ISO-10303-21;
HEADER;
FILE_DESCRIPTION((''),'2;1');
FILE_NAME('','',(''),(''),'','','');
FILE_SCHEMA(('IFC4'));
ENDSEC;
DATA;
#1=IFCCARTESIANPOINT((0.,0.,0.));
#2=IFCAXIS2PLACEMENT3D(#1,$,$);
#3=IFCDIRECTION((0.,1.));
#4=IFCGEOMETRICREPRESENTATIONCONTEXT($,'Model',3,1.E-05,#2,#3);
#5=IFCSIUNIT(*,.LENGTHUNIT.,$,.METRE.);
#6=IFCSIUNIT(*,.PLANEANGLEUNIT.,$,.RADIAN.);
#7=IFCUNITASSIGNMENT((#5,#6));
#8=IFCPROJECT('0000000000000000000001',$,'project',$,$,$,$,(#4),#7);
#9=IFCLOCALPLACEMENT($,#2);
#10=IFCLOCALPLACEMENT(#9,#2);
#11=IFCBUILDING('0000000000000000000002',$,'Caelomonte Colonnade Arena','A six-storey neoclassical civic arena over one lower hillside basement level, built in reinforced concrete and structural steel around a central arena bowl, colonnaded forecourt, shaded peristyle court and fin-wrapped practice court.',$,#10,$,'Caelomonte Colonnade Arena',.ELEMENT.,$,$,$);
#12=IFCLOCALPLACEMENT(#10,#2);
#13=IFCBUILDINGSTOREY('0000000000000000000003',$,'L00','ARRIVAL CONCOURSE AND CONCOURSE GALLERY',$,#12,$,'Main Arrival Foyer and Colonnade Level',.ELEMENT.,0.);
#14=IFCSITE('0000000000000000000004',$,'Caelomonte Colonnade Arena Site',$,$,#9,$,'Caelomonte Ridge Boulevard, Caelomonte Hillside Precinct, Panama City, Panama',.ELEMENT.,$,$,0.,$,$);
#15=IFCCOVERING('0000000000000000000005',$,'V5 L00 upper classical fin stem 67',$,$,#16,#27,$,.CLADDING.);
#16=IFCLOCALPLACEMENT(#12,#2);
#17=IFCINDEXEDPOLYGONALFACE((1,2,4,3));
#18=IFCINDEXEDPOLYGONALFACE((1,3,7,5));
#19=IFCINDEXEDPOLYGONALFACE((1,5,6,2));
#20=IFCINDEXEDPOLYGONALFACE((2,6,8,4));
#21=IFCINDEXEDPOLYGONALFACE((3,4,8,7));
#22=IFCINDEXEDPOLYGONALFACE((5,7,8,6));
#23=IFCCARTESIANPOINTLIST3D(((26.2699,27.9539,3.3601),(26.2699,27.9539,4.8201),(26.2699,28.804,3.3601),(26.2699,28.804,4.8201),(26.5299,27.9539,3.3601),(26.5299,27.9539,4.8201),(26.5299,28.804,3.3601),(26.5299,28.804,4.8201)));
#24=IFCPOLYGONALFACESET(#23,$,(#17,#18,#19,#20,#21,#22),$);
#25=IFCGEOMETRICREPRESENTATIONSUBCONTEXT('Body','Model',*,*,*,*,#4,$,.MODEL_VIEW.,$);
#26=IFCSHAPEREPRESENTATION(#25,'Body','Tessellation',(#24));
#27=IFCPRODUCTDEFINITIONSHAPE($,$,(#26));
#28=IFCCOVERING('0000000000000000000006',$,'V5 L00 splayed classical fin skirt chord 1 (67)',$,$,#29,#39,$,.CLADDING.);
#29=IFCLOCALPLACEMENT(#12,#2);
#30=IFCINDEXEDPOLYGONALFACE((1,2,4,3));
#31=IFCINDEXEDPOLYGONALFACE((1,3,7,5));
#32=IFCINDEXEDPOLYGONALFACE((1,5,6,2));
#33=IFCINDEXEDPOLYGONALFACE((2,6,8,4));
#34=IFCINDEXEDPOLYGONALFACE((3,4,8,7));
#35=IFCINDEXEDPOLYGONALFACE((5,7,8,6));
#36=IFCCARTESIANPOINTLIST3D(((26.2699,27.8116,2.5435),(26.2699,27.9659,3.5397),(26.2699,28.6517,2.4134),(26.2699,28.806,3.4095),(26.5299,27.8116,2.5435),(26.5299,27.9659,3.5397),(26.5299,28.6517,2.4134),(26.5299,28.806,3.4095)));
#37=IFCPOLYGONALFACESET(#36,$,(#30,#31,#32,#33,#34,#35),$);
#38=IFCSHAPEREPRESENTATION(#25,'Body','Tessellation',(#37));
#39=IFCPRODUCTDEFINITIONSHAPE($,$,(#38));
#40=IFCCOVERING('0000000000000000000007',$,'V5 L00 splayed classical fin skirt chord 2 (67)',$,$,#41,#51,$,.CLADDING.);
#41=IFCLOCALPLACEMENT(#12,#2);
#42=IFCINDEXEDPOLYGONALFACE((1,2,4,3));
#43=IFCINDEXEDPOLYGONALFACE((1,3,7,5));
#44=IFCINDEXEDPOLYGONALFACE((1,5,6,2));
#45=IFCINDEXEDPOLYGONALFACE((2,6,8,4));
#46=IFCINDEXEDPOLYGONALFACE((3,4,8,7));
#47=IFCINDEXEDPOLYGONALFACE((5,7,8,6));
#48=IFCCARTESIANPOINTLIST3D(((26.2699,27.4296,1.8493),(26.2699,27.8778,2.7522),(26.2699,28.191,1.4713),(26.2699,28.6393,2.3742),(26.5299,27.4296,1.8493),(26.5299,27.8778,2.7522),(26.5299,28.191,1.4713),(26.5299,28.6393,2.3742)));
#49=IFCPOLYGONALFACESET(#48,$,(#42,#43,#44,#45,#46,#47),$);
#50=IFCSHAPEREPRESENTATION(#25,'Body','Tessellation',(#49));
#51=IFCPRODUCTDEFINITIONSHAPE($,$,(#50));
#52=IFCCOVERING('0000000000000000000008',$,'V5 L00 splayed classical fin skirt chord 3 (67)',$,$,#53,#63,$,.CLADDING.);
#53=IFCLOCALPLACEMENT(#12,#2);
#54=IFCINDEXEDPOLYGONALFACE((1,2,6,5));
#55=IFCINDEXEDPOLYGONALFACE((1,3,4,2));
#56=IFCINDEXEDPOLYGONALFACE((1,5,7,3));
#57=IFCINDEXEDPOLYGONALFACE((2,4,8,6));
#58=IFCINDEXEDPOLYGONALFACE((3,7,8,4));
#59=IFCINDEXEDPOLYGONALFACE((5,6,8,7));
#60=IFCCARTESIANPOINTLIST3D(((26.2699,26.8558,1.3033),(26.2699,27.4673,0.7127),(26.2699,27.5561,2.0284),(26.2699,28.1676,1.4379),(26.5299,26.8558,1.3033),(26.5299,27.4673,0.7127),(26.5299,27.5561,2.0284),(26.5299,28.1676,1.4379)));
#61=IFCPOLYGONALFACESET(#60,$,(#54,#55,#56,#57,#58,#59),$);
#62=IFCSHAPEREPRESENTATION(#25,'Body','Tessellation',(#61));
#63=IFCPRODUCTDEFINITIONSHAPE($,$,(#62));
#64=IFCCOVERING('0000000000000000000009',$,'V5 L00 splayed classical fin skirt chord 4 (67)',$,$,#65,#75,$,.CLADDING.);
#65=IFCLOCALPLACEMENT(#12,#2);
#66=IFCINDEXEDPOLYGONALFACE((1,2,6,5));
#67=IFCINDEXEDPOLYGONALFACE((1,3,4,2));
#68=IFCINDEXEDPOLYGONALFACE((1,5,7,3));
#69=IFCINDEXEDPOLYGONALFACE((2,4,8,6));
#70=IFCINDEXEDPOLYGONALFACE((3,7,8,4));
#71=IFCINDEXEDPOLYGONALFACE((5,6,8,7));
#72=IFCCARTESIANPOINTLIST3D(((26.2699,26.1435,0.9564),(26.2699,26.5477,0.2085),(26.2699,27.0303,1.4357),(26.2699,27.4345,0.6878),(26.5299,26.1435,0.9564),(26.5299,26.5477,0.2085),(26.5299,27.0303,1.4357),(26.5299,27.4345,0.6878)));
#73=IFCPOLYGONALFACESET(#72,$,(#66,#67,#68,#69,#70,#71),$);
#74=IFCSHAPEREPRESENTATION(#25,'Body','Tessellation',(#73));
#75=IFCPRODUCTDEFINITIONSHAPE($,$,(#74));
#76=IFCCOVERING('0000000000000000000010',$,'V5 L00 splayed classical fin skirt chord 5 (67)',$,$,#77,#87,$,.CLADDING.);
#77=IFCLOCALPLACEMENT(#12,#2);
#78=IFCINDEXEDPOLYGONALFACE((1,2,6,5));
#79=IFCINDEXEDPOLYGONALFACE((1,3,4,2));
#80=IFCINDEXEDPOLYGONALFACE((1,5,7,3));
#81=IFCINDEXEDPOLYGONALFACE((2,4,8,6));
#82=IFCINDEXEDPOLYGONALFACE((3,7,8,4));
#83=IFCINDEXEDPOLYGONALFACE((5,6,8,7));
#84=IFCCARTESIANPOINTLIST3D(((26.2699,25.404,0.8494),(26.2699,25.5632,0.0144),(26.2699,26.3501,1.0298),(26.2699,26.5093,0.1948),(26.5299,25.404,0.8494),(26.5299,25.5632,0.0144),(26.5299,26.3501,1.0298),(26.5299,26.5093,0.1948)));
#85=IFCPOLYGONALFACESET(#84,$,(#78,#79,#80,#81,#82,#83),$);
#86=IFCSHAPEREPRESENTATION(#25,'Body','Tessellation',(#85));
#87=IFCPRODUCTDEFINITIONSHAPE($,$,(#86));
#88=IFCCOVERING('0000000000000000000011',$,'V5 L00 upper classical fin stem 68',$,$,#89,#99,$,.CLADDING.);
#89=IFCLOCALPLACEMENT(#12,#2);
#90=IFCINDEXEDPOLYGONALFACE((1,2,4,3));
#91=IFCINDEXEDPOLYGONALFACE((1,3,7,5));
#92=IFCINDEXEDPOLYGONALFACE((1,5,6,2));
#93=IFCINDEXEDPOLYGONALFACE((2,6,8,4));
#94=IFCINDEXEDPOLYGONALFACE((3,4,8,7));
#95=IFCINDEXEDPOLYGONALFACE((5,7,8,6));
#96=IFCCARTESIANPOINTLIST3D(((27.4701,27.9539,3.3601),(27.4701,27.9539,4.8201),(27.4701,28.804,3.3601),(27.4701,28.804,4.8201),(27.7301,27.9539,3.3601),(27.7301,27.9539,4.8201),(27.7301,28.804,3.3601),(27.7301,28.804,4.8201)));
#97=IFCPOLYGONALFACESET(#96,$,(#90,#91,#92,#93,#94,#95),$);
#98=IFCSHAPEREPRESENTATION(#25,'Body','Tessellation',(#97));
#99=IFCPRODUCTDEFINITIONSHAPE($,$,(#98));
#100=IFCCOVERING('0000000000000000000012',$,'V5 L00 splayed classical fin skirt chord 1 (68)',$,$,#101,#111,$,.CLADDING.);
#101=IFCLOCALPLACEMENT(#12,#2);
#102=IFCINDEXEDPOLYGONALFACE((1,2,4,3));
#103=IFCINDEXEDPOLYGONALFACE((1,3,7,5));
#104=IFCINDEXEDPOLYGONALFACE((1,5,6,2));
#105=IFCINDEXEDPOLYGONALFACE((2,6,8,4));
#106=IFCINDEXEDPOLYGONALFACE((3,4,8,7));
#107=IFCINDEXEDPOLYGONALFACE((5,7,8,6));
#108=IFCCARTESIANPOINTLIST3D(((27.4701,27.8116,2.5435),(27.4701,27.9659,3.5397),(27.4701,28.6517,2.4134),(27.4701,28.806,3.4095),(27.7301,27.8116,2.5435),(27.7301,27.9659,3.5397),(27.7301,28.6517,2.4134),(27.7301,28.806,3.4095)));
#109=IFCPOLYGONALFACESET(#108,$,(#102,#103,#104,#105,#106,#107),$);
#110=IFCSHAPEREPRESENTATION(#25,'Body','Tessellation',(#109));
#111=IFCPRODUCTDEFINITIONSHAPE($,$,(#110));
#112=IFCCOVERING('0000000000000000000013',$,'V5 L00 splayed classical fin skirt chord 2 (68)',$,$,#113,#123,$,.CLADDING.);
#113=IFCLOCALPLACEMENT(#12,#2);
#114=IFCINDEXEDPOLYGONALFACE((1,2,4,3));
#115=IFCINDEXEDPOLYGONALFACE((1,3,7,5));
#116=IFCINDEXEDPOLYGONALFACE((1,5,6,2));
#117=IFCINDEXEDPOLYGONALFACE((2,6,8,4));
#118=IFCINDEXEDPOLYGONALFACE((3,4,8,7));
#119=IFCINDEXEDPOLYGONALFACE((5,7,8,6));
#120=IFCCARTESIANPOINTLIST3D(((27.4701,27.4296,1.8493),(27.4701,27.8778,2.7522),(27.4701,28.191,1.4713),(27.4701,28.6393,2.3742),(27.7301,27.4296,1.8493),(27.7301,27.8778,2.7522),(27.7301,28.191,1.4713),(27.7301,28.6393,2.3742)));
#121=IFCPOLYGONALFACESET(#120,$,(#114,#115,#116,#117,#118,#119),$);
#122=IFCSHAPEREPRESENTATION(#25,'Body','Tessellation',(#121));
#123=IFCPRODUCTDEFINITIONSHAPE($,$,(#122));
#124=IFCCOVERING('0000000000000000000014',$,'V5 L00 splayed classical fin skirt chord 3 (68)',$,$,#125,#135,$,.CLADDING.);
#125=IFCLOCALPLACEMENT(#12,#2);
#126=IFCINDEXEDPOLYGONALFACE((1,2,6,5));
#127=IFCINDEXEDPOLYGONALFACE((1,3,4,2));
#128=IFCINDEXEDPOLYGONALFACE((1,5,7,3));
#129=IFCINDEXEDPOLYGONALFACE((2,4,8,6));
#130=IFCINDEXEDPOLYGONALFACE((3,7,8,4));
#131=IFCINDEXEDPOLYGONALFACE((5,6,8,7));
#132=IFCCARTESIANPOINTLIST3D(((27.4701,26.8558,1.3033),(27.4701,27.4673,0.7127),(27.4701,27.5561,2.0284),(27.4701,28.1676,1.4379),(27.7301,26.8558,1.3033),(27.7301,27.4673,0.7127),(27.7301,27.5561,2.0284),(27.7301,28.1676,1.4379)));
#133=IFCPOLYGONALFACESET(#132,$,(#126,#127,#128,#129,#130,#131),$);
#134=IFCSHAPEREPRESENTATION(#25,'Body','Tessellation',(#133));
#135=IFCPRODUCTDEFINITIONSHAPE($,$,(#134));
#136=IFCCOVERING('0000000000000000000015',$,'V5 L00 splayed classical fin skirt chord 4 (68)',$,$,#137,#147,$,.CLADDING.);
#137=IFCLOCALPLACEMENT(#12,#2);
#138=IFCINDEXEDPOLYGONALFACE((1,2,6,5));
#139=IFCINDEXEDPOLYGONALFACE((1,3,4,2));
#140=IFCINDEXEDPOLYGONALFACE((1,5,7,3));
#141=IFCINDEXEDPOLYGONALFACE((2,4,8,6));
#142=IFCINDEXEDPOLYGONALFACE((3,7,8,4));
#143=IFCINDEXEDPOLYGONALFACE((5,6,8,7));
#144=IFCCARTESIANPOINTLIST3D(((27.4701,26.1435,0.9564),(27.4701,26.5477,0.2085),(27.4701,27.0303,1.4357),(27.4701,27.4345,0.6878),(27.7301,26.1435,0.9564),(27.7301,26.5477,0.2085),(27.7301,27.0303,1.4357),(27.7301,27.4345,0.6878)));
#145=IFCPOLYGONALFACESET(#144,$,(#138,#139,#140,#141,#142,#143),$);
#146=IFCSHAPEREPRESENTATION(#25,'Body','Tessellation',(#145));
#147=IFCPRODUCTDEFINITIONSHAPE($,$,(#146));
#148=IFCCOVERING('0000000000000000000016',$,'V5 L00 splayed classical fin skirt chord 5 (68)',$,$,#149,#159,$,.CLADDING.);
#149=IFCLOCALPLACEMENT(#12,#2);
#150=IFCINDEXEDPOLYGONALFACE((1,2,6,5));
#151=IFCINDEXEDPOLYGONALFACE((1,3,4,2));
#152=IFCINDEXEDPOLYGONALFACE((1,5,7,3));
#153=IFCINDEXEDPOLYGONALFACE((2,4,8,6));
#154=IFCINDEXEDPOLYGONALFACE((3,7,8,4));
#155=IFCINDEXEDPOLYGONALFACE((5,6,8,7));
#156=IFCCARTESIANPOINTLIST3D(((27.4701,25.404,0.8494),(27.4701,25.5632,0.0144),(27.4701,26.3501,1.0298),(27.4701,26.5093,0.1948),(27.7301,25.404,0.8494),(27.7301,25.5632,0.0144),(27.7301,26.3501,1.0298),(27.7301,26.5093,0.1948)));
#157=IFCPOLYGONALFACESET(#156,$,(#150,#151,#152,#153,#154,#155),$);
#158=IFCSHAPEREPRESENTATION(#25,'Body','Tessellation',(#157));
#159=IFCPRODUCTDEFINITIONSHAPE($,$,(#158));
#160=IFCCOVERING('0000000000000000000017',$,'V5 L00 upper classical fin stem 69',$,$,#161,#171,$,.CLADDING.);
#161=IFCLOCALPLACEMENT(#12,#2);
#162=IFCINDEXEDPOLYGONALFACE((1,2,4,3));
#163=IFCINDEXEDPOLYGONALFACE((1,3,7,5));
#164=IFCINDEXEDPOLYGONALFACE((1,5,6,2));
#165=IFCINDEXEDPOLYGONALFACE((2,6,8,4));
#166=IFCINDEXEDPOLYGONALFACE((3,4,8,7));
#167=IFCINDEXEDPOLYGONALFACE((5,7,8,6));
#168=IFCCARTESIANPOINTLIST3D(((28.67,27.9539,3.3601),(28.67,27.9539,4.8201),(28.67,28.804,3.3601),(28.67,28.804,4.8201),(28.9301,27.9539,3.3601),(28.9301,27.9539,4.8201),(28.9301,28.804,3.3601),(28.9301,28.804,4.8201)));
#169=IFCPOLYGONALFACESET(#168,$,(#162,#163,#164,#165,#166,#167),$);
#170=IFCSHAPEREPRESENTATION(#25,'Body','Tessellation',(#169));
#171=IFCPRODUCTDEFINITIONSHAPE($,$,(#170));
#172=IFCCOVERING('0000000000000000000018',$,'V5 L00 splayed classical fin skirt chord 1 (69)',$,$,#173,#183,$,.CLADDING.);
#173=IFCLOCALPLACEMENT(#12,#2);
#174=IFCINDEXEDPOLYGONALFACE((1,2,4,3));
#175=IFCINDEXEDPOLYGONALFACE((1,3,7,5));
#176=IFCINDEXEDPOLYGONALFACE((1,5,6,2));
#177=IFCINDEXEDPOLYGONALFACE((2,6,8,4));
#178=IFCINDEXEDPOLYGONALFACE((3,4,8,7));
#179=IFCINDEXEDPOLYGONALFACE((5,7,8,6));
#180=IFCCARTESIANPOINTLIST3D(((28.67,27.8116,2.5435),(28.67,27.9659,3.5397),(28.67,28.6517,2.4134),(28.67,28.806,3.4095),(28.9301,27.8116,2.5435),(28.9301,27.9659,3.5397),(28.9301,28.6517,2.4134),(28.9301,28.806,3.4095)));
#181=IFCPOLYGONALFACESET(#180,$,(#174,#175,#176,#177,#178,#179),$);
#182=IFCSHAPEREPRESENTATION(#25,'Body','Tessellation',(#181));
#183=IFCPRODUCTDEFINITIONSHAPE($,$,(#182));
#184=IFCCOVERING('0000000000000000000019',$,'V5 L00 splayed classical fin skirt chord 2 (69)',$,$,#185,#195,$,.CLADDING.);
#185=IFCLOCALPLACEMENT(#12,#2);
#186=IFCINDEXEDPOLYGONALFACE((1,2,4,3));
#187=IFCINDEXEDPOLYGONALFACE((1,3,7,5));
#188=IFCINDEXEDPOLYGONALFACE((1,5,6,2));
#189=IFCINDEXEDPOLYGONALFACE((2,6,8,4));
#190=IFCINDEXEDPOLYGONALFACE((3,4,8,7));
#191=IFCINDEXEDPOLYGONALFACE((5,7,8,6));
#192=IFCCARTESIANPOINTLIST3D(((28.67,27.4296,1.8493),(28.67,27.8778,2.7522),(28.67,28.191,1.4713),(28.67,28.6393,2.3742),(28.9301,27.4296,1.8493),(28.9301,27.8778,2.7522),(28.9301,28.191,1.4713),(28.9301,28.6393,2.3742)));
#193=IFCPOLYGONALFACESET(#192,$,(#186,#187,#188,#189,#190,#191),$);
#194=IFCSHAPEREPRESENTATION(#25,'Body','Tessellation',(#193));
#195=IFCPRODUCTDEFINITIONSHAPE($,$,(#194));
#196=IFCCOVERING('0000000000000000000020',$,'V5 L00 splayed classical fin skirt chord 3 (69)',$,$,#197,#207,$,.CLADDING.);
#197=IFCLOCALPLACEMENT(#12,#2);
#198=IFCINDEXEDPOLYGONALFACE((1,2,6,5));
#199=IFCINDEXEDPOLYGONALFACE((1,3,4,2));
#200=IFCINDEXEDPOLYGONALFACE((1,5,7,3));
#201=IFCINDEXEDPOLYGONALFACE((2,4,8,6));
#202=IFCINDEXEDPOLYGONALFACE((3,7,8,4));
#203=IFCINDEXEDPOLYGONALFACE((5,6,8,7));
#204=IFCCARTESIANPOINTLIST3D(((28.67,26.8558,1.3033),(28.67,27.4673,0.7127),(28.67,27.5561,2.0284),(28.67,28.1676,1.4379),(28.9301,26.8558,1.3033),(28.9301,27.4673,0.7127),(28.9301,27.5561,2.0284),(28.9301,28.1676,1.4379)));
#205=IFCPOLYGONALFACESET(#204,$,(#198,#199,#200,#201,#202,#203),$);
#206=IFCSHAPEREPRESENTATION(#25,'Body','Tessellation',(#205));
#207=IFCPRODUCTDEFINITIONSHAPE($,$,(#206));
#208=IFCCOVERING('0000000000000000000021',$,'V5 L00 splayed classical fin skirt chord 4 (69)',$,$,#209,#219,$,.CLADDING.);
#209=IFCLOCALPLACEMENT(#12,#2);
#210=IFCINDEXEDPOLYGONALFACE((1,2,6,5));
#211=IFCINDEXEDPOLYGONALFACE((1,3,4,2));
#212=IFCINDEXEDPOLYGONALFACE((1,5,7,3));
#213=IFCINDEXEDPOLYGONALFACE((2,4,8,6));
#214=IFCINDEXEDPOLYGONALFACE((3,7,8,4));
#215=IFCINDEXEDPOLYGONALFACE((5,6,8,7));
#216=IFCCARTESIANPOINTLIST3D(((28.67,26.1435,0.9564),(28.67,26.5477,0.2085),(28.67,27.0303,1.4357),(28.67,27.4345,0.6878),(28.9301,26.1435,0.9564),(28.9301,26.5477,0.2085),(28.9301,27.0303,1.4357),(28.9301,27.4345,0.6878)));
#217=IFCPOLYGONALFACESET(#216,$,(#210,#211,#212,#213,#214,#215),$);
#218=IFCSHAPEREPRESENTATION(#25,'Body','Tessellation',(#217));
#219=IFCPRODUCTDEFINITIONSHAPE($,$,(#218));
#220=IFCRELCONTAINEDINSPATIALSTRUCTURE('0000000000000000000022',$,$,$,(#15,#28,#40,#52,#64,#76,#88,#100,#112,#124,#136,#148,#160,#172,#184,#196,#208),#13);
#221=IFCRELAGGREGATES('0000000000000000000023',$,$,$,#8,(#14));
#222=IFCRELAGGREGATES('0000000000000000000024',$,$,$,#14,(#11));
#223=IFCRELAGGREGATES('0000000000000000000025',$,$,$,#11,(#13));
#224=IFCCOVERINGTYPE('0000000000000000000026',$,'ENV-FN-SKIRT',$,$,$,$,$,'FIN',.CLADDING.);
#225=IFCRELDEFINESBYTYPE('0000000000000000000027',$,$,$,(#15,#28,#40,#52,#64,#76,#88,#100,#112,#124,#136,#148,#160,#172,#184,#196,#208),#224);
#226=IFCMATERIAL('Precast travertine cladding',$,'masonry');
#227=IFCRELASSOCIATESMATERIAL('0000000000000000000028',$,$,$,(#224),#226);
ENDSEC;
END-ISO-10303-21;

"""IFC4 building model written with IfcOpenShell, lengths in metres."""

from ifc_helpers import new_model, si_unit, direction, frame, origin, origin_2d, place, context, subcontext, project, spatial, rectangle, extrude, material, material_profile, profile_set, type_object, element, save


model = new_model("IFC4")

# Units and contexts
model_context = context("Model", 3, precision=1e-05, world=origin(), true_north=direction((0.0, 1.0)))
body_context = subcontext(model_context, "Body", "Model", "MODEL_VIEW")
ifc_project = project(units=[si_unit("LENGTHUNIT", "METRE"), si_unit("PLANEANGLEUNIT", "RADIAN")], contexts=[model_context])

# Site, building, storey
site_placement = place(None, origin())
site = spatial("IfcSite", under=ifc_project, at=site_placement, Name="Caelomonte Colonnade Arena Site", LongName="Caelomonte Ridge Boulevard, Caelomonte Hillside Precinct, Panama City, Panama", CompositionType="ELEMENT", RefElevation=0.0)
building_placement = place(site_placement, origin())
building = spatial("IfcBuilding", under=site, at=building_placement, Name="Caelomonte Colonnade Arena", Description="A six-storey neoclassical civic arena over one lower hillside basement level, built in reinforced concrete and structural steel around a central arena bowl, colonnaded forecourt, shaded peristyle court and fin-wrapped practice court.", LongName="Caelomonte Colonnade Arena", CompositionType="ELEMENT")
storey_placement = place(building_placement, origin())
storey = spatial("IfcBuildingStorey", under=building, at=storey_placement, Name="L00", Description="ARRIVAL CONCOURSE AND CONCOURSE GALLERY", LongName="Main Arrival Foyer and Colonnade Level", CompositionType="ELEMENT", Elevation=0.0)

# Coverings
ifc_material_1 = material(Name="Precast travertine cladding", Category="masonry")
ifc_material_profile = material_profile(ifc_material_1, rectangle(XDim=0.26, YDim=0.8501, at=origin_2d()), Name="FIN260X850")
ifc_profile_set = profile_set([ifc_material_profile], Name="Precast travertine cladding")
covering_type = type_object("IfcCoveringType", Name="ENV-FN-SKIRT", ElementType="FIN", PredefinedType="CLADDING", material=ifc_profile_set)
covering_1_placement = place(storey_placement, frame((26.3999, 28.3789, 3.3601), z_axis=(0.0, 0.0, 1.0), x_axis=(-1.0, 0.0, 0.0)))
element("IfcCovering", 1, at=covering_1_placement, inside=storey, type_object=covering_type, Name="V5 L00 upper classical fin stem 67", PredefinedType="CLADDING", context=body_context, shape_type="SweptSolid", body=[
    extrude(rectangle(XDim=0.26, YDim=0.8501, at=origin_2d()), origin(), (0.0, 0.0, 1.0), 1.46),
])
for number, where, z_axis, x_axis, name in (
    (2, (26.3999, 28.386, 3.4746), (0.0, -0.153076, -0.988214), (-1.0, 0.0, 0.0), "V5 L00 splayed classical fin skirt chord 1 (67)"),
    (3, (26.3999, 28.2585, 2.5632), (0.0, -0.444693, -0.895683), (-1.0, 0.0, 0.0), "V5 L00 splayed classical fin skirt chord 2 (67)"),
    (4, (26.3999, 27.8618, 1.7332), (0.0, -0.694646, -0.719351), (-1.0, 0.0, 0.0), "V5 L00 splayed classical fin skirt chord 3 (67)"),
    (5, (26.3999, 27.2324, 1.0618), (0.0, -0.879731, -0.475471), (-1.0, 0.0, 0.0), "V5 L00 splayed classical fin skirt chord 4 (67)"),
):
    element("IfcCovering", number, at=place(storey_placement, frame(where, z_axis=z_axis, x_axis=x_axis)), inside=storey, type_object=covering_type, Name=name, PredefinedType="CLADDING", context=body_context, shape_type="SweptSolid", body=[
        extrude(rectangle(XDim=0.26, YDim=0.8501, at=origin_2d()), origin(), (0.0, 0.0, 1.0), 1.0081),
    ])
covering_2_placement = place(storey_placement, frame((26.3999, 26.4297, 0.6123), z_axis=(0.0, -0.982296, -0.187333), x_axis=(-1.0, 0.0, 0.0)))
element("IfcCovering", 6, at=covering_2_placement, inside=storey, type_object=covering_type, Name="V5 L00 splayed classical fin skirt chord 5 (67)", PredefinedType="CLADDING", context=body_context, shape_type="SweptSolid", body=[
    extrude(rectangle(XDim=0.26, YDim=0.8501, at=origin_2d()), origin(), (0.0, 0.0, 1.0), 0.9631),
])
covering_3_placement = place(storey_placement, frame((27.6001, 28.3789, 3.3601), z_axis=(0.0, 0.0, 1.0), x_axis=(-1.0, 0.0, 0.0)))
element("IfcCovering", 7, at=covering_3_placement, inside=storey, type_object=covering_type, Name="V5 L00 upper classical fin stem 68", PredefinedType="CLADDING", context=body_context, shape_type="SweptSolid", body=[
    extrude(rectangle(XDim=0.26, YDim=0.8501, at=origin_2d()), origin(), (0.0, 0.0, 1.0), 1.46),
])
for number, where, z_axis, x_axis, name in (
    (8, (27.6001, 28.386, 3.4746), (0.0, -0.153076, -0.988214), (-1.0, 0.0, 0.0), "V5 L00 splayed classical fin skirt chord 1 (68)"),
    (9, (27.6001, 28.2585, 2.5632), (0.0, -0.444693, -0.895683), (-1.0, 0.0, 0.0), "V5 L00 splayed classical fin skirt chord 2 (68)"),
    (10, (27.6001, 27.8618, 1.7332), (0.0, -0.694646, -0.719351), (-1.0, 0.0, 0.0), "V5 L00 splayed classical fin skirt chord 3 (68)"),
    (11, (27.6001, 27.2324, 1.0618), (0.0, -0.879731, -0.475471), (-1.0, 0.0, 0.0), "V5 L00 splayed classical fin skirt chord 4 (68)"),
):
    element("IfcCovering", number, at=place(storey_placement, frame(where, z_axis=z_axis, x_axis=x_axis)), inside=storey, type_object=covering_type, Name=name, PredefinedType="CLADDING", context=body_context, shape_type="SweptSolid", body=[
        extrude(rectangle(XDim=0.26, YDim=0.8501, at=origin_2d()), origin(), (0.0, 0.0, 1.0), 1.0081),
    ])
covering_4_placement = place(storey_placement, frame((27.6001, 26.4297, 0.6123), z_axis=(0.0, -0.982296, -0.187333), x_axis=(-1.0, 0.0, 0.0)))
element("IfcCovering", 12, at=covering_4_placement, inside=storey, type_object=covering_type, Name="V5 L00 splayed classical fin skirt chord 5 (68)", PredefinedType="CLADDING", context=body_context, shape_type="SweptSolid", body=[
    extrude(rectangle(XDim=0.26, YDim=0.8501, at=origin_2d()), origin(), (0.0, 0.0, 1.0), 0.9631),
])
covering_5_placement = place(storey_placement, frame((28.8, 28.3789, 3.3601), z_axis=(0.0, 0.0, 1.0), x_axis=(-1.0, 0.0, 0.0)))
element("IfcCovering", 13, at=covering_5_placement, inside=storey, type_object=covering_type, Name="V5 L00 upper classical fin stem 69", PredefinedType="CLADDING", context=body_context, shape_type="SweptSolid", body=[
    extrude(rectangle(XDim=0.26, YDim=0.8501, at=origin_2d()), origin(), (0.0, 0.0, 1.0), 1.46),
])
for number, where, z_axis, x_axis, name in (
    (14, (28.8, 28.386, 3.4746), (0.0, -0.153076, -0.988214), (-1.0, 0.0, 0.0), "V5 L00 splayed classical fin skirt chord 1 (69)"),
    (15, (28.8, 28.2585, 2.5632), (0.0, -0.444693, -0.895683), (-1.0, 0.0, 0.0), "V5 L00 splayed classical fin skirt chord 2 (69)"),
    (16, (28.8, 27.8618, 1.7332), (0.0, -0.694646, -0.719351), (-1.0, 0.0, 0.0), "V5 L00 splayed classical fin skirt chord 3 (69)"),
    (17, (28.8, 27.2324, 1.0618), (0.0, -0.879731, -0.475471), (-1.0, 0.0, 0.0), "V5 L00 splayed classical fin skirt chord 4 (69)"),
):
    element("IfcCovering", number, at=place(storey_placement, frame(where, z_axis=z_axis, x_axis=x_axis)), inside=storey, type_object=covering_type, Name=name, PredefinedType="CLADDING", context=body_context, shape_type="SweptSolid", body=[
        extrude(rectangle(XDim=0.26, YDim=0.8501, at=origin_2d()), origin(), (0.0, 0.0, 1.0), 1.0081),
    ])

save(model, "model.ifc")
